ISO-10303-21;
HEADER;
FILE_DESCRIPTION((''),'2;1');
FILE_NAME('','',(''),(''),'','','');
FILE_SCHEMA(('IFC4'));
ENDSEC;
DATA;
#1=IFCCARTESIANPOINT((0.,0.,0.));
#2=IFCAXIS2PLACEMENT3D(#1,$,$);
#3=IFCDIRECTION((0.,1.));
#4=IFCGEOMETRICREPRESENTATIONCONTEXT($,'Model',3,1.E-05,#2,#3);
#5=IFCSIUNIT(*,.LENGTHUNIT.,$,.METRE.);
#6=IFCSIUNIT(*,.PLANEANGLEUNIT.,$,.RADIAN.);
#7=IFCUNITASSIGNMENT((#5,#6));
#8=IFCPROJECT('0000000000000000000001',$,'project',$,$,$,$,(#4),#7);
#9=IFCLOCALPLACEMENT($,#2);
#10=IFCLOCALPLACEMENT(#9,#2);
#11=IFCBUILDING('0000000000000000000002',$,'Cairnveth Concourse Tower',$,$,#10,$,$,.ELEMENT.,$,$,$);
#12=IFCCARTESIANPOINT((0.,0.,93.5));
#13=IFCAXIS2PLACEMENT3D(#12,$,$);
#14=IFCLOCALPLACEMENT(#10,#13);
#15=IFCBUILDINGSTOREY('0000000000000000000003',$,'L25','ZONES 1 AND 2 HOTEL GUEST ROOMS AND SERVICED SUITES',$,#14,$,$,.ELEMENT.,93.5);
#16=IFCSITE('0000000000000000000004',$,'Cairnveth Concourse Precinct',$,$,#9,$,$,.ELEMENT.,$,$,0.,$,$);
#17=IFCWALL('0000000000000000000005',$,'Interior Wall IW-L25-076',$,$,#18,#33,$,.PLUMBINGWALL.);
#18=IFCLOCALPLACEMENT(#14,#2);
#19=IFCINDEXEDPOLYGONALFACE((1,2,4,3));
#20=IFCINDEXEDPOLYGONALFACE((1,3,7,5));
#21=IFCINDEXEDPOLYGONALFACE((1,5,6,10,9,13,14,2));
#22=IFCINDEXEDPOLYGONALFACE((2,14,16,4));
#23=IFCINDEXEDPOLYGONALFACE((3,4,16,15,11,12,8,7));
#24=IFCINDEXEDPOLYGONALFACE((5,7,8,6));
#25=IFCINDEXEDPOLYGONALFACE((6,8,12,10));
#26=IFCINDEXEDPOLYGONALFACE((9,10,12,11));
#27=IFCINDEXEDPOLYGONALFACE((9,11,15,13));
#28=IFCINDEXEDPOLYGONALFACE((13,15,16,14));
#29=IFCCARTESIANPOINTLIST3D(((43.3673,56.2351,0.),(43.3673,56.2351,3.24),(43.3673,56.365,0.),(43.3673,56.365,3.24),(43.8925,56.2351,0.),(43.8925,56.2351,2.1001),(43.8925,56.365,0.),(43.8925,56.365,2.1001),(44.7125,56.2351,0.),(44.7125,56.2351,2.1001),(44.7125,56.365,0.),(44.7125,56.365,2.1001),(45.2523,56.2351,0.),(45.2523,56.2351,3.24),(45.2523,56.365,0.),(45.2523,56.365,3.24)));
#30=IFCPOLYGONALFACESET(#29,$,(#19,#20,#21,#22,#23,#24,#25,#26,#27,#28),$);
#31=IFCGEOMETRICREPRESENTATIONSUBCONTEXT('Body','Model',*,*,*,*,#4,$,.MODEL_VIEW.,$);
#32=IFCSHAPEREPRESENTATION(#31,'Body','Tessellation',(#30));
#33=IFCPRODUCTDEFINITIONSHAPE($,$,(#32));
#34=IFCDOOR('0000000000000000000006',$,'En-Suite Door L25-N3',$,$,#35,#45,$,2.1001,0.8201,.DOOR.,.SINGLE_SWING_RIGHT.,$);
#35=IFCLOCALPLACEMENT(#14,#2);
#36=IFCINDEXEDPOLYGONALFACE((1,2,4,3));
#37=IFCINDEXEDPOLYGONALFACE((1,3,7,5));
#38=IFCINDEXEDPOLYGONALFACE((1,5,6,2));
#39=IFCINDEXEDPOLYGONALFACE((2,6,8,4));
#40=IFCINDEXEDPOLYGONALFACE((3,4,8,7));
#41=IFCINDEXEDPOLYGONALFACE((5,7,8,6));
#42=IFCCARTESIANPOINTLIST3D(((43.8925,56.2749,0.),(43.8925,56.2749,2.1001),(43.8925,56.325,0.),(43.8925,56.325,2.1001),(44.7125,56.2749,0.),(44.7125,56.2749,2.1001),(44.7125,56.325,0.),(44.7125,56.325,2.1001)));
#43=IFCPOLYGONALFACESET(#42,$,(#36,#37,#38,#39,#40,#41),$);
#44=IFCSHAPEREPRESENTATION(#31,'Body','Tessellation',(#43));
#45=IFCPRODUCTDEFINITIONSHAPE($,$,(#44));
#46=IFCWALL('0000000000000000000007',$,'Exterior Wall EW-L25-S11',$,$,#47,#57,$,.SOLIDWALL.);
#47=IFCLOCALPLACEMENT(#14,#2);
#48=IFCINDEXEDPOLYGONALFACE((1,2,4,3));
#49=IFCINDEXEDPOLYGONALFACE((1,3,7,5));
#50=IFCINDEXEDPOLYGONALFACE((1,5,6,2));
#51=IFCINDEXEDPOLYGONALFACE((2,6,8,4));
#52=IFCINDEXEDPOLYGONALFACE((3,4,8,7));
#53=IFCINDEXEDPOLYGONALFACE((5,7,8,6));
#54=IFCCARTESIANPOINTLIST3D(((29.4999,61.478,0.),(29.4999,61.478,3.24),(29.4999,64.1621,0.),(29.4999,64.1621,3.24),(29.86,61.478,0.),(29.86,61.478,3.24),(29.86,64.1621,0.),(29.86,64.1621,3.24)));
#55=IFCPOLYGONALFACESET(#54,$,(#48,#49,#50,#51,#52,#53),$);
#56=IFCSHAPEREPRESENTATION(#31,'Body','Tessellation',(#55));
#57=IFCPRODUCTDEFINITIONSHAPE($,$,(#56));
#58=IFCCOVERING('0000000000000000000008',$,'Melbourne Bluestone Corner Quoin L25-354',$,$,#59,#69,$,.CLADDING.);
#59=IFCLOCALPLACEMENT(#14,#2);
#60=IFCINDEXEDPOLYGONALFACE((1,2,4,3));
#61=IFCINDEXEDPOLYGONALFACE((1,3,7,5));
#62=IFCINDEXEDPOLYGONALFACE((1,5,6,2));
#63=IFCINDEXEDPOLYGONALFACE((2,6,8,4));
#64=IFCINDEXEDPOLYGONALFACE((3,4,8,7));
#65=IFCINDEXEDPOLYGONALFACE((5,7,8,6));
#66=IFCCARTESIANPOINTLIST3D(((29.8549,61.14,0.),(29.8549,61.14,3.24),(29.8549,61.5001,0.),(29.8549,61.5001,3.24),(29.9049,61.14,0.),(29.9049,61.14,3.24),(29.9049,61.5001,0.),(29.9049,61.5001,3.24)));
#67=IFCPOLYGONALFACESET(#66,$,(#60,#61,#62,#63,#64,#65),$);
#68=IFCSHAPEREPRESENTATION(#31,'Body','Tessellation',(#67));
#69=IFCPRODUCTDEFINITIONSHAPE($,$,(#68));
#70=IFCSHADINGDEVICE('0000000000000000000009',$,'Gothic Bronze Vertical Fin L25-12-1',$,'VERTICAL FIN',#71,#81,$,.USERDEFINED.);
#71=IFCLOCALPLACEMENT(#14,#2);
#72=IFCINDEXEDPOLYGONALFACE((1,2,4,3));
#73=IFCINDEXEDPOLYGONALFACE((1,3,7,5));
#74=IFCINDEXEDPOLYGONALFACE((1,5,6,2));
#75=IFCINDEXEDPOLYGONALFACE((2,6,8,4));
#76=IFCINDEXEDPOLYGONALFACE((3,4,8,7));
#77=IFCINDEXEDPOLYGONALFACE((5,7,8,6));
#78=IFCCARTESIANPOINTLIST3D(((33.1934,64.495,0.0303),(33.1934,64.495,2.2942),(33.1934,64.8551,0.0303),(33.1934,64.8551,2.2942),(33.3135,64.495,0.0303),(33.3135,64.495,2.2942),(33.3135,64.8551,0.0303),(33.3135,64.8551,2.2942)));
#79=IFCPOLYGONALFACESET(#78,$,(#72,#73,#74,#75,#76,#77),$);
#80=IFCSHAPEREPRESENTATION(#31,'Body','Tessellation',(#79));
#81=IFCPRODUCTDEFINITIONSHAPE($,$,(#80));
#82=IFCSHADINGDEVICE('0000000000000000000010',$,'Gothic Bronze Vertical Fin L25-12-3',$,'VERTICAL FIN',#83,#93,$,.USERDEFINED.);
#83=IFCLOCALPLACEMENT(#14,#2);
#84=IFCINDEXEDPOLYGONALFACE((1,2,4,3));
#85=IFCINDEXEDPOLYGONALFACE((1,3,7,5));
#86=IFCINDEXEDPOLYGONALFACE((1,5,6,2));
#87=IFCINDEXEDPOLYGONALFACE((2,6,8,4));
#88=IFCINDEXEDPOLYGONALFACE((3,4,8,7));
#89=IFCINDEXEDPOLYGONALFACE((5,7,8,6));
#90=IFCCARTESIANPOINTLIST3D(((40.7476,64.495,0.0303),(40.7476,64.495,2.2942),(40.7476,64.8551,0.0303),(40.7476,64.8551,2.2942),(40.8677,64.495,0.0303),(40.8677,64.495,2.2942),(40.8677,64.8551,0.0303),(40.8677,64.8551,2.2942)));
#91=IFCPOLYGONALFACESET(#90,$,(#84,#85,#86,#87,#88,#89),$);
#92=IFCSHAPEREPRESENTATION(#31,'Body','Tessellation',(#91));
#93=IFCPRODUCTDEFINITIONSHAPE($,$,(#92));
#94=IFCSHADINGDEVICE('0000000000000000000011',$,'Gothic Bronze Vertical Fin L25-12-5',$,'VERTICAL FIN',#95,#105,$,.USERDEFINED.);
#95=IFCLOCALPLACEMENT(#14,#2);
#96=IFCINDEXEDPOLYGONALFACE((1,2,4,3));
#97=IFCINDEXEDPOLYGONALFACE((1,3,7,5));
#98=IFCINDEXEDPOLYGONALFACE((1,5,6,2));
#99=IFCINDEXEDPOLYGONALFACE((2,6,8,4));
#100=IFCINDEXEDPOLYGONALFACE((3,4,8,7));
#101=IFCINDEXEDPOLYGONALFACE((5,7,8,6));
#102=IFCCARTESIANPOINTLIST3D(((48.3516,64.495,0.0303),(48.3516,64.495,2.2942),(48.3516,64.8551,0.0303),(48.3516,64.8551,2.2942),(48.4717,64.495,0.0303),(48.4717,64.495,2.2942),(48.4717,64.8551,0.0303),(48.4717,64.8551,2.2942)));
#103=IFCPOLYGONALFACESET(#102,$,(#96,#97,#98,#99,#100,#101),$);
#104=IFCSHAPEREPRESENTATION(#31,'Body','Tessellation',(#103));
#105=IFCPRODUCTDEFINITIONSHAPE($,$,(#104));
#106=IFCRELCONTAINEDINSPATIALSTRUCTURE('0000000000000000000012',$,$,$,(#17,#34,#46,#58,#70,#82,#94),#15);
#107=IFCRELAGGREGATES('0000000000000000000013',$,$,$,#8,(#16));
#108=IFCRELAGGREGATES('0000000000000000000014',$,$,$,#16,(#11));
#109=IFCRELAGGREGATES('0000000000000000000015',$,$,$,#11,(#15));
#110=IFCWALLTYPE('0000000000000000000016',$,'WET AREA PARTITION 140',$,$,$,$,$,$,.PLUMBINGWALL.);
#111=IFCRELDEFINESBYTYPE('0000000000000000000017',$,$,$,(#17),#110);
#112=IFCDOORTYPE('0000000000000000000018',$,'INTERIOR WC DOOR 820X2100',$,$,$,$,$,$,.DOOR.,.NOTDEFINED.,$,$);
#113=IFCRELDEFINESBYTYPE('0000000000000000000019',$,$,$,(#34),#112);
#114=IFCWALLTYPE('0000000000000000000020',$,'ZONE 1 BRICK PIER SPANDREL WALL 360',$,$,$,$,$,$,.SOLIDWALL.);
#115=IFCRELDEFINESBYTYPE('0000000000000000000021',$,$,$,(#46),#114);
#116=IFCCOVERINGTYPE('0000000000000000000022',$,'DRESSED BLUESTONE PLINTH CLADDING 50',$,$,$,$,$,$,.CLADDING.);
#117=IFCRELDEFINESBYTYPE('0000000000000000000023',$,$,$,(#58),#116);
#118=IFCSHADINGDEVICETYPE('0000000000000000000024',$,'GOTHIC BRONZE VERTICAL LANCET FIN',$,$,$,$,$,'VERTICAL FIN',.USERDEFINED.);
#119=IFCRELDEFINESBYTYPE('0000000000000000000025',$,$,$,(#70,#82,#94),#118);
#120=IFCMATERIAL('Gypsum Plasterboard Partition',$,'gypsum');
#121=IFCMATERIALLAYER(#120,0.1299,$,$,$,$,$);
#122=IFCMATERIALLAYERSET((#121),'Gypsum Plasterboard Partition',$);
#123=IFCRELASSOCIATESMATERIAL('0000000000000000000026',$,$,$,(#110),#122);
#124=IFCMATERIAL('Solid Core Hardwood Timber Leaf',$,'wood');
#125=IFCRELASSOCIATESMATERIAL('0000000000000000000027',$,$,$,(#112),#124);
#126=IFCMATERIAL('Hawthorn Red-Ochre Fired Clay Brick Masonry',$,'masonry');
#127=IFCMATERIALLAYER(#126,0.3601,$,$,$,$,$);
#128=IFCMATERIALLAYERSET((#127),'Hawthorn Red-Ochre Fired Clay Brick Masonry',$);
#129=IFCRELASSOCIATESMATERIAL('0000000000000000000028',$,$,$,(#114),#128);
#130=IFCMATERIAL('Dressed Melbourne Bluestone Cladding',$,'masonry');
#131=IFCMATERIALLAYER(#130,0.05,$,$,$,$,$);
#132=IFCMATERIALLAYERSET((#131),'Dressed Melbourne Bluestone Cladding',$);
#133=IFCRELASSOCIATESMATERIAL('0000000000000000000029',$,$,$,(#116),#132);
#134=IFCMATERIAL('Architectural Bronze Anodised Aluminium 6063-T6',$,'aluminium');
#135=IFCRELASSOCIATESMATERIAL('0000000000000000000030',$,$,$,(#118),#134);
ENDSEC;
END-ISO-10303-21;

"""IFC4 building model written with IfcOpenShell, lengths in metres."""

from ifc_helpers import new_model, si_unit, direction, frame, frame_2d, origin, origin_2d, place, context, subcontext, project, spatial, rectangle, extrude, material, layer, layer_set, type_object, element, fill, save


model = new_model("IFC4")

# Units and contexts
model_context = context("Model", 3, precision=1e-05, world=origin(), true_north=direction((0.0, 1.0)))
body_context = subcontext(model_context, "Body", "Model", "MODEL_VIEW")
ifc_project = project(units=[si_unit("LENGTHUNIT", "METRE"), si_unit("PLANEANGLEUNIT", "RADIAN")], contexts=[model_context])

# Site, building, storey
site_placement = place(None, origin())
site = spatial("IfcSite", under=ifc_project, at=site_placement, Name="Cairnveth Concourse Precinct", CompositionType="ELEMENT", RefElevation=0.0)
building_placement = place(site_placement, origin())
building = spatial("IfcBuilding", under=site, at=building_placement, Name="Cairnveth Concourse Tower", CompositionType="ELEMENT")
storey_placement = place(building_placement, frame((0.0, 0.0, 93.5)))
storey = spatial("IfcBuildingStorey", under=building, at=storey_placement, Name="L25", Description="ZONES 1 AND 2 HOTEL GUEST ROOMS AND SERVICED SUITES", CompositionType="ELEMENT", Elevation=93.5)

# Shared definitions
ifc_material_1 = material(Name="Gypsum Plasterboard Partition", Category="gypsum")
ifc_material_2 = material(Name="Solid Core Hardwood Timber Leaf", Category="wood")

# Shared definitions
ifc_layer_1 = layer(ifc_material_1, 0.1299)
ifc_layer_set_1 = layer_set([ifc_layer_1], Name="Gypsum Plasterboard Partition")
wall_type_1 = type_object("IfcWallType", Name="WET AREA PARTITION 140", PredefinedType="PLUMBINGWALL", material=ifc_layer_set_1)

# Shared definitions
door_type_1 = type_object("IfcDoorType", Name="INTERIOR WC DOOR 820X2100", OperationType="NOTDEFINED", PredefinedType="DOOR", material=ifc_material_2)

# Wall, opening, door
wall_1_placement = place(storey_placement, frame((43.3674, 56.3, 0.0), z_axis=(0.0, 0.0, 1.0), x_axis=(1.0, 0.0, 0.0)))
wall_1 = element("IfcWall", 1, at=wall_1_placement, inside=storey, type_object=wall_type_1, Name="Interior Wall IW-L25-076", PredefinedType="PLUMBINGWALL", context=body_context, shape_type="SweptSolid", body=[
    extrude(rectangle(XDim=1.885, YDim=0.1299, at=frame_2d((0.9424, 0.0))), origin(), (0.0, 0.0, 1.0), 3.24),
])
opening_1_placement = place(wall_1_placement, frame((0.5249, 0.0, 0.0)))
opening_1 = element("IfcOpeningElement", 2, at=opening_1_placement, cuts=wall_1, PredefinedType="OPENING", context=body_context, shape_type="SweptSolid", body=[
    extrude(rectangle(XDim=0.8201, YDim=2.1001, at=frame_2d((0.4102, 1.05))), frame((0.0, 0.075, 0.0), z_axis=(0.0, -1.0, 0.0), x_axis=(1.0, 0.0, 0.0)), (0.0, 0.0, 1.0), 0.1499),
])
door_1_placement = place(opening_1_placement, origin())
door_1 = element("IfcDoor", 3, at=door_1_placement, inside=storey, type_object=door_type_1, Name="En-Suite Door L25-N3", OperationType="SINGLE_SWING_RIGHT", OverallHeight=2.1001, OverallWidth=0.8201, PredefinedType="DOOR", context=body_context, shape_type="SweptSolid", body=[
    extrude(rectangle(XDim=0.8201, YDim=2.1001, at=frame_2d((0.4102, 1.05))), frame((0.0, 0.0249, 0.0), z_axis=(0.0, -1.0, 0.0), x_axis=(1.0, 0.0, 0.0)), (0.0, 0.0, 1.0), 0.05),
])
fill(opening_1, door_1)

# Wall
ifc_material_3 = material(Name="Hawthorn Red-Ochre Fired Clay Brick Masonry", Category="masonry")
ifc_layer_2 = layer(ifc_material_3, 0.3601)
ifc_layer_set_2 = layer_set([ifc_layer_2], Name="Hawthorn Red-Ochre Fired Clay Brick Masonry")
wall_type_2 = type_object("IfcWallType", Name="ZONE 1 BRICK PIER SPANDREL WALL 360", PredefinedType="SOLIDWALL", material=ifc_layer_set_2)
wall_2_placement = place(storey_placement, frame((29.6799, 61.478, 0.0), z_axis=(0.0, 0.0, 1.0), x_axis=(0.0, 1.0, 0.0)))
element("IfcWall", 4, at=wall_2_placement, inside=storey, type_object=wall_type_2, Name="Exterior Wall EW-L25-S11", PredefinedType="SOLIDWALL", context=body_context, shape_type="SweptSolid", body=[
    extrude(rectangle(XDim=2.6841, YDim=0.3601, at=frame_2d((1.342, 0.0))), origin(), (0.0, 0.0, 1.0), 3.24),
])

# Covering
ifc_material_4 = material(Name="Dressed Melbourne Bluestone Cladding", Category="masonry")
ifc_layer_3 = layer(ifc_material_4, 0.05)
ifc_layer_set_3 = layer_set([ifc_layer_3], Name="Dressed Melbourne Bluestone Cladding")
covering_type = type_object("IfcCoveringType", Name="DRESSED BLUESTONE PLINTH CLADDING 50", PredefinedType="CLADDING", material=ifc_layer_set_3)
covering_placement = place(storey_placement, frame((29.8799, 61.1399, 0.0), z_axis=(0.0, 0.0, 1.0), x_axis=(0.0, 1.0, 0.0)))
element("IfcCovering", 5, at=covering_placement, inside=storey, type_object=covering_type, Name="Melbourne Bluestone Corner Quoin L25-354", PredefinedType="CLADDING", context=body_context, shape_type="SweptSolid", body=[
    extrude(rectangle(XDim=0.3601, YDim=0.05, at=frame_2d((0.1802, 0.0))), origin(), (0.0, 0.0, 1.0), 3.24),
])

# Shading devices
ifc_material_5 = material(Name="Architectural Bronze Anodised Aluminium 6063-T6", Category="aluminium")
shading_device_type = type_object("IfcShadingDeviceType", Name="GOTHIC BRONZE VERTICAL LANCET FIN", ElementType="VERTICAL FIN", PredefinedType="USERDEFINED", material=ifc_material_5)
for number, where, z_axis, x_axis, name in (
    (6, (33.2534, 64.675, 0.0303), (0.0, 0.0, 1.0), (1.0, 0.0, 0.0), "Gothic Bronze Vertical Fin L25-12-1"),
    (7, (40.8076, 64.675, 0.0303), (0.0, 0.0, 1.0), (1.0, 0.0, 0.0), "Gothic Bronze Vertical Fin L25-12-3"),
    (8, (48.4116, 64.675, 0.0303), (0.0, 0.0, 1.0), (1.0, 0.0, 0.0), "Gothic Bronze Vertical Fin L25-12-5"),
):
    element("IfcShadingDevice", number, at=place(storey_placement, frame(where, z_axis=z_axis, x_axis=x_axis)), inside=storey, type_object=shading_device_type, Name=name, ObjectType="VERTICAL FIN", PredefinedType="USERDEFINED", context=body_context, shape_type="SweptSolid", body=[
        extrude(rectangle(XDim=0.1201, YDim=0.3601, at=origin_2d()), origin(), (0.0, 0.0, 1.0), 2.2639),
    ])

save(model, "model.ifc")
